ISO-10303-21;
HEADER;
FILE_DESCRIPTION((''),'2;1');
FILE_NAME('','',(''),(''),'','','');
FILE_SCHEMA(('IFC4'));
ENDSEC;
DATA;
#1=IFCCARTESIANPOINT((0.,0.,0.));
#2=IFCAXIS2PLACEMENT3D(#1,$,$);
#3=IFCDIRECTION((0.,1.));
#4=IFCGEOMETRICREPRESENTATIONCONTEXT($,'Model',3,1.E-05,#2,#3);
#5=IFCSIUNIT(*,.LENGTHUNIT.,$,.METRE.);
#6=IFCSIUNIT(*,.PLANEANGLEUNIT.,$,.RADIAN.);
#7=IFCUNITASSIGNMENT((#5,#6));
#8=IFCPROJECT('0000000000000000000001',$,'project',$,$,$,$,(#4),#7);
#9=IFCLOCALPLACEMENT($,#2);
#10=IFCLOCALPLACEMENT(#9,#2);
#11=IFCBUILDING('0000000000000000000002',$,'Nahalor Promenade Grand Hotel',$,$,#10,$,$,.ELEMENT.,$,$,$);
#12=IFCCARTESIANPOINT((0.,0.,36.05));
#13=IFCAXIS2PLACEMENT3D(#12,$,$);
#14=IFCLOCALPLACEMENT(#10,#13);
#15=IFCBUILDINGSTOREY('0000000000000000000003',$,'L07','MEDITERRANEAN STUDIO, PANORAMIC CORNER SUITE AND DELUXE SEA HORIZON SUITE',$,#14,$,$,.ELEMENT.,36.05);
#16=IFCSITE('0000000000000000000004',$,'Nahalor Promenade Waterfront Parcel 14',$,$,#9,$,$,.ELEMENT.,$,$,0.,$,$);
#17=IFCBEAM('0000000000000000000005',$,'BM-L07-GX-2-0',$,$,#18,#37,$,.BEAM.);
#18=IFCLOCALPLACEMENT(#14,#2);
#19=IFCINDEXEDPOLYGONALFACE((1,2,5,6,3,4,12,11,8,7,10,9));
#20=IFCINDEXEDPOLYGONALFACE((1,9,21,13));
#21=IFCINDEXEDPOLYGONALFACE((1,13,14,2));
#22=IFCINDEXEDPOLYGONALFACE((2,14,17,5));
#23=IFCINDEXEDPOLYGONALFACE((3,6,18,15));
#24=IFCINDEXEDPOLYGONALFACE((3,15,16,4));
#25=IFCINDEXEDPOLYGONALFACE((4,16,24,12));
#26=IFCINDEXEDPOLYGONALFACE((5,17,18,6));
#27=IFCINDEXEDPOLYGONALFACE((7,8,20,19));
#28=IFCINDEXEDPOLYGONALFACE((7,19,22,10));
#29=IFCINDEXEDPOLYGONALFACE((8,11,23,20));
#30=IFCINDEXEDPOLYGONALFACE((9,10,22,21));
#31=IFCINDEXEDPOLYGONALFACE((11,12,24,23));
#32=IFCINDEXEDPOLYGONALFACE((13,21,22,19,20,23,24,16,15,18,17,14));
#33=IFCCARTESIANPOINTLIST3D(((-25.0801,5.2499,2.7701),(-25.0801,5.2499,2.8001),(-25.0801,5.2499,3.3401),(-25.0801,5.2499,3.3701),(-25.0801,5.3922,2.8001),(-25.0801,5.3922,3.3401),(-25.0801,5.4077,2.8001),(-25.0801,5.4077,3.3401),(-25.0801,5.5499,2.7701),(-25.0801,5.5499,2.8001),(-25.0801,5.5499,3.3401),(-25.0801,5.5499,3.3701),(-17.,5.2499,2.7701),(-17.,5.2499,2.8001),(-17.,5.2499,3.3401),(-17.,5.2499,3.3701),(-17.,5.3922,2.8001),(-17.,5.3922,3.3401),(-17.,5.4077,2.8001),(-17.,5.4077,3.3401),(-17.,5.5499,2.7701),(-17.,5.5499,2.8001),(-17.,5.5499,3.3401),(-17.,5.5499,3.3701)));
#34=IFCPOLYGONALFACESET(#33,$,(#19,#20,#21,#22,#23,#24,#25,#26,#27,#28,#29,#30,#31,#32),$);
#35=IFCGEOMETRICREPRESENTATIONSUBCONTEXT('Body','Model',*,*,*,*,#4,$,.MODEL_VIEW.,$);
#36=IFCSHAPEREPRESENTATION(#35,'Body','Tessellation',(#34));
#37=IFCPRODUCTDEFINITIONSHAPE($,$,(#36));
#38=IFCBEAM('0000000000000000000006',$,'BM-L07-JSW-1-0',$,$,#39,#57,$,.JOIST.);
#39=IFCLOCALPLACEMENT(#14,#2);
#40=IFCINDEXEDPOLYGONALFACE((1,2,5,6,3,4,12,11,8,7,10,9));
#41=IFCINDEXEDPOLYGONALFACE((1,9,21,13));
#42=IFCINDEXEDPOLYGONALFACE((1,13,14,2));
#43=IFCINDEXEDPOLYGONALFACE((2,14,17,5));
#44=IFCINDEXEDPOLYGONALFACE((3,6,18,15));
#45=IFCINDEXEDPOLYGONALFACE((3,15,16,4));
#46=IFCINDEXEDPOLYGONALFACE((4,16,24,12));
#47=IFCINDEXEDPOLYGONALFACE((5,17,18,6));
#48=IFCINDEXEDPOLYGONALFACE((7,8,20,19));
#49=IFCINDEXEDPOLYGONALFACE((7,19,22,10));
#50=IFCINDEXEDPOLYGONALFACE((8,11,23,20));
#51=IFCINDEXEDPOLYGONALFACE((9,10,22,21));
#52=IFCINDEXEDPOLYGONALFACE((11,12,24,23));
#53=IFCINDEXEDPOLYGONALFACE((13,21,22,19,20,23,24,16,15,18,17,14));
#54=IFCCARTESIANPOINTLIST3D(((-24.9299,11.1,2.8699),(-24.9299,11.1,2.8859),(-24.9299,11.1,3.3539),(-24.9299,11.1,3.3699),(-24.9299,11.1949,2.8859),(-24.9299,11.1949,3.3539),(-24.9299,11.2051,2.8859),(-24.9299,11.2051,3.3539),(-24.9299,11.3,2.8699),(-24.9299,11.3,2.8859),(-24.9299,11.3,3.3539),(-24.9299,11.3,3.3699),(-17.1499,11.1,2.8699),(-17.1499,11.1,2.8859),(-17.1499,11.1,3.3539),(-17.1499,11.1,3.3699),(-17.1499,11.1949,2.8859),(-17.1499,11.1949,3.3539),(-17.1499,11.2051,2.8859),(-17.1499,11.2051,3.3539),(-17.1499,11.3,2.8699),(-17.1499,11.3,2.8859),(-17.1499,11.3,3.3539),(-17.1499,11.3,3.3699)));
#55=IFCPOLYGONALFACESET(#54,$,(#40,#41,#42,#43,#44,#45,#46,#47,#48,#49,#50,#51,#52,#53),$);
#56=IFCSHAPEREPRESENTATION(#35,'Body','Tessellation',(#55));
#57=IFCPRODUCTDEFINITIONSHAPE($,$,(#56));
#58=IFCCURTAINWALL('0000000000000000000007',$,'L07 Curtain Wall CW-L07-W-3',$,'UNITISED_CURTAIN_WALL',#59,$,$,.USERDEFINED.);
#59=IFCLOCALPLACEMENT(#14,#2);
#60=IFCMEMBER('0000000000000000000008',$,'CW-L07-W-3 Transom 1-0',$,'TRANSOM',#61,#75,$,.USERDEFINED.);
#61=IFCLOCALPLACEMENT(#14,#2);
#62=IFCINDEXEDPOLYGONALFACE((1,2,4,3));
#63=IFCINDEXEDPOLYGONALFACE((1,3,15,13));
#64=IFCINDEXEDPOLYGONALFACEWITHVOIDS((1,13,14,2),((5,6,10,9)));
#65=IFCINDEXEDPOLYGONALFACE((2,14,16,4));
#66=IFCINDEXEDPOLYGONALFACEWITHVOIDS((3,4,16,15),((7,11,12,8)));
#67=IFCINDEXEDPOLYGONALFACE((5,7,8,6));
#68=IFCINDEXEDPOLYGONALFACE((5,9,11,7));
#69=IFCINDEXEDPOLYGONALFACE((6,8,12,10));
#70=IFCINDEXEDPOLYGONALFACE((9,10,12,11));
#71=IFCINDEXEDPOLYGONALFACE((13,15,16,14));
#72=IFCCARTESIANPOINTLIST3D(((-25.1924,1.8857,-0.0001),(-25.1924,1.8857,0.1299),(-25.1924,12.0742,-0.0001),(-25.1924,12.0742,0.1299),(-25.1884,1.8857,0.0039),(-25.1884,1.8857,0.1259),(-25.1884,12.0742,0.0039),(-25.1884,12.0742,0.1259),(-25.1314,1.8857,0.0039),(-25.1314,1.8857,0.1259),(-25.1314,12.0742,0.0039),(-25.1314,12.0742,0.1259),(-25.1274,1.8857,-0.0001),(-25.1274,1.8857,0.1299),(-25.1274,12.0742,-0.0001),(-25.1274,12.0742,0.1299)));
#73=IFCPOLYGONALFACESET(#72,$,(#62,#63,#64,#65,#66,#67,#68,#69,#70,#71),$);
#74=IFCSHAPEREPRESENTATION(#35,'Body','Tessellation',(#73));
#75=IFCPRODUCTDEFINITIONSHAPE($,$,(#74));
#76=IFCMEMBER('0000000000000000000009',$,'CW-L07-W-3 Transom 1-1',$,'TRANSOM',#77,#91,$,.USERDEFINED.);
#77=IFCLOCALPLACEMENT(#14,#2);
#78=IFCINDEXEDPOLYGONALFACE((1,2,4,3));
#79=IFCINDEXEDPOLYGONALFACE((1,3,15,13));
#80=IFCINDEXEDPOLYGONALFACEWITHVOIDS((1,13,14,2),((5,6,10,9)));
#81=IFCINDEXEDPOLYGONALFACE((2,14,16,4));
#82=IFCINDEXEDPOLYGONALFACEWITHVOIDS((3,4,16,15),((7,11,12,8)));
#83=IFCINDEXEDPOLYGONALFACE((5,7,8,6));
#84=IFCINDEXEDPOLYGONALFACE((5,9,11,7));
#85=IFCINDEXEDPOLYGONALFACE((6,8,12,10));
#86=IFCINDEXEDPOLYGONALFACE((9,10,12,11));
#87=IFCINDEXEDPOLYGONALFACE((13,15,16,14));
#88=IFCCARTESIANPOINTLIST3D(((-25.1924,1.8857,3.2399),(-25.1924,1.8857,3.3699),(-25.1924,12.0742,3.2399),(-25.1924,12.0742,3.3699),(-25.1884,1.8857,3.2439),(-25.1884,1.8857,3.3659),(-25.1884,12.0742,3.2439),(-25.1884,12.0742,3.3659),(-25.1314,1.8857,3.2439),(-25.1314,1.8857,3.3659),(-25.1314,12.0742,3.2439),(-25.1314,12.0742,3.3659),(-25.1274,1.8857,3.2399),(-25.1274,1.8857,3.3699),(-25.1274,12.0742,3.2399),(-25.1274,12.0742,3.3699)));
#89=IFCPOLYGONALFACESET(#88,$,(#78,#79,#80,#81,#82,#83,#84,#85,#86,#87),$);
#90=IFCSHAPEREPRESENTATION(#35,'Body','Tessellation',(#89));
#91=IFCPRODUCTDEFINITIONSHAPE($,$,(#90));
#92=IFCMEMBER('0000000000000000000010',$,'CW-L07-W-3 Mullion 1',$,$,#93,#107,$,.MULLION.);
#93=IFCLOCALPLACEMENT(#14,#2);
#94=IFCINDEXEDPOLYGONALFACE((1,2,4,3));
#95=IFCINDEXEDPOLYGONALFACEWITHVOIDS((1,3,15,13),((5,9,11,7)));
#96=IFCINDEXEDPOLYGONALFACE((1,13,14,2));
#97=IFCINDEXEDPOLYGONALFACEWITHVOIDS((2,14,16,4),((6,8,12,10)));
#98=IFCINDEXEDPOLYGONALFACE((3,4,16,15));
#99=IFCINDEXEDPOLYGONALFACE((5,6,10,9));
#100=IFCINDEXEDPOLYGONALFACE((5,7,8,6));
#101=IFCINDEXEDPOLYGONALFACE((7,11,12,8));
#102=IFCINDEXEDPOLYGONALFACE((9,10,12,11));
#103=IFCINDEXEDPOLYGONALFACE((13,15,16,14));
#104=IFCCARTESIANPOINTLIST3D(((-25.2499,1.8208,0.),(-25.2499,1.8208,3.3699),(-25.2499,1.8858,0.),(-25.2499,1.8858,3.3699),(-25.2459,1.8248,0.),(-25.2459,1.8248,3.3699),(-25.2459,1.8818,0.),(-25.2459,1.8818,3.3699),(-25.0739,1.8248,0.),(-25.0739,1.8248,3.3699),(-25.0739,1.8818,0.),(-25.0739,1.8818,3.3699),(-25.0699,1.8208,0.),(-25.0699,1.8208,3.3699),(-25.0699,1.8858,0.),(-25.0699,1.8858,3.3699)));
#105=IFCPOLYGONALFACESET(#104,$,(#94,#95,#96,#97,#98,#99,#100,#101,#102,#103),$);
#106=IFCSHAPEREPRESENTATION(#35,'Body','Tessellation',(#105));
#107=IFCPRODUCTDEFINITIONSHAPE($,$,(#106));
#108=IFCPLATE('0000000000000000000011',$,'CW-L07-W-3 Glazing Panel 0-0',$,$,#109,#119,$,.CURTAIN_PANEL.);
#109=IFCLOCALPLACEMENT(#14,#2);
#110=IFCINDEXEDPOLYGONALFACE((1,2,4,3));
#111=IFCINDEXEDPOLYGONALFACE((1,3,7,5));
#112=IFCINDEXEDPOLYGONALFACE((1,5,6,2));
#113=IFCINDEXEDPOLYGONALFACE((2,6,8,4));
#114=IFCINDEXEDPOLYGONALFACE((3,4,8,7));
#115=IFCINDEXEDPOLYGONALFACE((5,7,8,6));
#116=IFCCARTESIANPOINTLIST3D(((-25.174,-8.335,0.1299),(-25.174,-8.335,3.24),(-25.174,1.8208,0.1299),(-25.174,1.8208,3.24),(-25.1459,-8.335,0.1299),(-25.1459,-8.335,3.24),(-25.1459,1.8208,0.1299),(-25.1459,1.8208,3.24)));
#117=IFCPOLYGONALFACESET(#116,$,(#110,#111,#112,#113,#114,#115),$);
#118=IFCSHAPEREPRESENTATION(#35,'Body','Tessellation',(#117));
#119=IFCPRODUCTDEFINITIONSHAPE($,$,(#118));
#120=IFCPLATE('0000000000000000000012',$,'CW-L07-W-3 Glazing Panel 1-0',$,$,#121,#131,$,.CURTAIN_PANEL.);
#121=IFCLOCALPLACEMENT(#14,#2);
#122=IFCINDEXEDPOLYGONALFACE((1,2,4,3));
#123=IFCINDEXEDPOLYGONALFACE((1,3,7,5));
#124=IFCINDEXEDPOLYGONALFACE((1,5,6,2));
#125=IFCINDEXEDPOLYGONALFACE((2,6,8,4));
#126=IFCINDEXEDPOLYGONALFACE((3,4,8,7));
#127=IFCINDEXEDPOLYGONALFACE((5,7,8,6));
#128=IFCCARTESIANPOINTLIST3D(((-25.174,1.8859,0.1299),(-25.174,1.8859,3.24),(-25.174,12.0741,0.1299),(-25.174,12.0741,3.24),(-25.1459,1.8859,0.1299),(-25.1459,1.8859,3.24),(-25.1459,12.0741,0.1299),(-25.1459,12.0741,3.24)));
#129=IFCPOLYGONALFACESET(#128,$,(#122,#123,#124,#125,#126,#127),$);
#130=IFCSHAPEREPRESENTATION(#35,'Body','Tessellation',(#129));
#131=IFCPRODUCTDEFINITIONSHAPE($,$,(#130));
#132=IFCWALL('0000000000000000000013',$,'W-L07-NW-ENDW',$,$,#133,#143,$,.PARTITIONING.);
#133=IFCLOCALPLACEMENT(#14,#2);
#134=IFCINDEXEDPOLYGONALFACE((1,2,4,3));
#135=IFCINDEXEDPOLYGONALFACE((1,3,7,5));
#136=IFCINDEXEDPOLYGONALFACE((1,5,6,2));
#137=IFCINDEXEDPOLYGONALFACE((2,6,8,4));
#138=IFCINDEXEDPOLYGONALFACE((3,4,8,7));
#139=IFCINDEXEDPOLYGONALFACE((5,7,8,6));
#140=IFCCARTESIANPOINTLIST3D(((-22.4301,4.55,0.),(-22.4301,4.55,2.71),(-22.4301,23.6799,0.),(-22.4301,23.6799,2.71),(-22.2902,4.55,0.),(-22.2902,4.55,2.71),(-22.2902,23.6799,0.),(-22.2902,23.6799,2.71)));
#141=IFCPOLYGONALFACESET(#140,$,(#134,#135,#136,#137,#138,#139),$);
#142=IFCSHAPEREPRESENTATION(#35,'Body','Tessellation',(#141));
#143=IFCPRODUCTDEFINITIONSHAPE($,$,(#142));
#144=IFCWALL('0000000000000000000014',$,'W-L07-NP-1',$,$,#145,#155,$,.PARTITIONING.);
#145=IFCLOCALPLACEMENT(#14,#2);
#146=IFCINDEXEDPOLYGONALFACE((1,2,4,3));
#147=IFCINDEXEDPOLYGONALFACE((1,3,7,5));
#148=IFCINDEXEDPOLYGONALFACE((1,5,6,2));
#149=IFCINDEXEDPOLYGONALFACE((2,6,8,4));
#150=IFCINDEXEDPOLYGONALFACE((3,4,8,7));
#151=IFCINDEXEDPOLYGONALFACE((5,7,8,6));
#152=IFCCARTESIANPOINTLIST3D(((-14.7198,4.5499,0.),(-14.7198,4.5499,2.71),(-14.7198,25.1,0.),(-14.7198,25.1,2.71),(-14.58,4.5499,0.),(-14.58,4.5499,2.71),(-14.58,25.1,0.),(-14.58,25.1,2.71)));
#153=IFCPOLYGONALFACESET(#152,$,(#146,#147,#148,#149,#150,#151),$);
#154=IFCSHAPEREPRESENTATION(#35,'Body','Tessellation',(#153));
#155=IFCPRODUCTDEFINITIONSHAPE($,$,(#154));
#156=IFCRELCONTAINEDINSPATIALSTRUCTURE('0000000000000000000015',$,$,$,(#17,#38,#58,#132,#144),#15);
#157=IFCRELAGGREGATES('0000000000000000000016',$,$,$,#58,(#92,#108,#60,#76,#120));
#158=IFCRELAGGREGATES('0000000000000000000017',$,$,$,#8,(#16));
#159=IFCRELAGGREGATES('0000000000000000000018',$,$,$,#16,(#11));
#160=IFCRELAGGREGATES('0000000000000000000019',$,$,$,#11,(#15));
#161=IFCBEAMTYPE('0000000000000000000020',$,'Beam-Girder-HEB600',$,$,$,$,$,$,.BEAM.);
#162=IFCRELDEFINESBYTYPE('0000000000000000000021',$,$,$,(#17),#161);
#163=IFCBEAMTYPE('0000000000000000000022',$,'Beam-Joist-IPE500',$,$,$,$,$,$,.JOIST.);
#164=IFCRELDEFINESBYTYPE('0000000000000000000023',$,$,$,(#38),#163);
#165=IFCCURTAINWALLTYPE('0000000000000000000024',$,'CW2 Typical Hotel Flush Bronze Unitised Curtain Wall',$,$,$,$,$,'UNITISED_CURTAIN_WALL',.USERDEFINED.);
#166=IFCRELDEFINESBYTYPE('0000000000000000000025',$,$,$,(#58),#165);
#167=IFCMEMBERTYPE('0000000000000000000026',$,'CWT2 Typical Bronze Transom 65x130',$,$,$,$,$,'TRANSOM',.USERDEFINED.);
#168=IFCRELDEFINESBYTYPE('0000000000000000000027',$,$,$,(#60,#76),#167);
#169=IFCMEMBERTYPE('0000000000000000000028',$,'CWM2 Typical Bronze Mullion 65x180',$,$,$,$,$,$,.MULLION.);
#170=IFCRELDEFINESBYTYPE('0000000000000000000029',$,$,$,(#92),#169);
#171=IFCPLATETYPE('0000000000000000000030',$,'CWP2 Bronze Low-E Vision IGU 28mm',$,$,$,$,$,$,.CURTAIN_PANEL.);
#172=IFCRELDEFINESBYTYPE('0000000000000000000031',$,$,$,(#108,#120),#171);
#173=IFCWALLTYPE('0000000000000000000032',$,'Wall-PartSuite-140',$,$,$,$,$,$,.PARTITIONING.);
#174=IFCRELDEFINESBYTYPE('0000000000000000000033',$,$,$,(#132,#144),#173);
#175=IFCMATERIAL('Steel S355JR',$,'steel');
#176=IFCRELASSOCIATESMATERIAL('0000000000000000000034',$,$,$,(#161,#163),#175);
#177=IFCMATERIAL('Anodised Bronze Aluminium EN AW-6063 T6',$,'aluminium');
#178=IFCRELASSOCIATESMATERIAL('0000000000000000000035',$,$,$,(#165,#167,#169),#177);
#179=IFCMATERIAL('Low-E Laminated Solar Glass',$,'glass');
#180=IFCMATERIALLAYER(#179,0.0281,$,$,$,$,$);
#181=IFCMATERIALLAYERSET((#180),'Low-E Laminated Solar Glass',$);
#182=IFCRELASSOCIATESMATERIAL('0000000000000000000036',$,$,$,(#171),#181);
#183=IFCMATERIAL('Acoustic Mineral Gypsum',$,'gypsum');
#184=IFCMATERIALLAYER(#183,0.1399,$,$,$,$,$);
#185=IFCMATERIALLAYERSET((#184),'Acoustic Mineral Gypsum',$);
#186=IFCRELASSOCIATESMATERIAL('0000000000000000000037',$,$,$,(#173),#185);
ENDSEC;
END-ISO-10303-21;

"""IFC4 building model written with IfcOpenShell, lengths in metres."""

from ifc_helpers import new_model, si_unit, direction, frame, frame_2d, origin, origin_2d, place, context, subcontext, project, spatial, rectangle, hollow_rectangle, i_section, extrude, source, transform, mapped, material, layer, layer_set, material_profile, profile_set, type_object, element, aggregate, save


model = new_model("IFC4")

# Units and contexts
model_context = context("Model", 3, precision=1e-05, world=origin(), true_north=direction((0.0, 1.0)))
body_context = subcontext(model_context, "Body", "Model", "MODEL_VIEW")
ifc_project = project(units=[si_unit("LENGTHUNIT", "METRE"), si_unit("PLANEANGLEUNIT", "RADIAN")], contexts=[model_context])

# Site, building, storey
site_placement = place(None, origin())
site = spatial("IfcSite", under=ifc_project, at=site_placement, Name="Nahalor Promenade Waterfront Parcel 14", CompositionType="ELEMENT", RefElevation=0.0)
building_placement = place(site_placement, origin())
building = spatial("IfcBuilding", under=site, at=building_placement, Name="Nahalor Promenade Grand Hotel", CompositionType="ELEMENT")
storey_placement = place(building_placement, frame((0.0, 0.0, 36.05)))
storey = spatial("IfcBuildingStorey", under=building, at=storey_placement, Name="L07", Description="MEDITERRANEAN STUDIO, PANORAMIC CORNER SUITE AND DELUXE SEA HORIZON SUITE", CompositionType="ELEMENT", Elevation=36.05)

# Beams
ifc_material_1 = material(Name="Steel S355JR", Category="steel")
ifc_material_profile_1 = material_profile(ifc_material_1, i_section(OverallWidth=0.3, OverallDepth=0.6, WebThickness=0.0155, FlangeThickness=0.03, at=origin_2d()), Name="HEB 600")
ifc_profile_set_1 = profile_set([ifc_material_profile_1], Name="Steel S355JR")
beam_type_1 = type_object("IfcBeamType", Name="Beam-Girder-HEB600", PredefinedType="BEAM", material=ifc_profile_set_1)
ifc_material_profile_2 = material_profile(ifc_material_1, i_section(OverallWidth=0.2, OverallDepth=0.5, WebThickness=0.0102, FlangeThickness=0.016, at=origin_2d()), Name="IPE 500")
ifc_profile_set_2 = profile_set([ifc_material_profile_2], Name="Steel S355JR")
beam_type_2 = type_object("IfcBeamType", Name="Beam-Joist-IPE500", PredefinedType="JOIST", material=ifc_profile_set_2)
shared_shape_1 = source(origin(), body_context, "Body", "SweptSolid", [
    extrude(i_section(OverallWidth=0.3, OverallDepth=0.6, WebThickness=0.0155, FlangeThickness=0.03, at=origin_2d()), origin(), (0.0, 0.0, 1.0), 8.0801),
])
beam_1_placement = place(storey_placement, frame((-25.0801, 5.3999, 3.0701), z_axis=(1.0, 0.0, 0.0), x_axis=(0.0, 1.0, 0.0)))
element("IfcBeam", 1, at=beam_1_placement, inside=storey, type_object=beam_type_1, Name="BM-L07-GX-2-0", PredefinedType="BEAM", context=body_context, shape_type="MappedRepresentation", body=[
    mapped(shared_shape_1, transform((0.0, 0.0, 0.0), scale=1.0)),
])
shared_shape_2 = source(origin(), body_context, "Body", "SweptSolid", [
    extrude(i_section(OverallWidth=0.2, OverallDepth=0.5, WebThickness=0.0102, FlangeThickness=0.016, at=origin_2d()), origin(), (0.0, 0.0, 1.0), 7.78),
])
beam_2_placement = place(storey_placement, frame((-24.9299, 11.2, 3.1199), z_axis=(1.0, 0.0, 0.0), x_axis=(0.0, 1.0, 0.0)))
element("IfcBeam", 2, at=beam_2_placement, inside=storey, type_object=beam_type_2, Name="BM-L07-JSW-1-0", PredefinedType="JOIST", context=body_context, shape_type="MappedRepresentation", body=[
    mapped(shared_shape_2, transform((0.0, 0.0, 0.0), scale=1.0)),
])

# Curtain wall, members, plates
ifc_material_2 = material(Name="Anodised Bronze Aluminium EN AW-6063 T6", Category="aluminium")
curtain_wall_type = type_object("IfcCurtainWallType", Name="CW2 Typical Hotel Flush Bronze Unitised Curtain Wall", ElementType="UNITISED_CURTAIN_WALL", PredefinedType="USERDEFINED", material=ifc_material_2)
curtain_wall_placement = place(storey_placement, origin())
curtain_wall = element("IfcCurtainWall", 3, at=curtain_wall_placement, inside=storey, type_object=curtain_wall_type, Name="L07 Curtain Wall CW-L07-W-3", ObjectType="UNITISED_CURTAIN_WALL", PredefinedType="USERDEFINED")
ifc_material_profile_3 = material_profile(ifc_material_2, hollow_rectangle(XDim=0.065, YDim=0.13, WallThickness=0.004, at=origin_2d()), Name="CWT 65x130x4")
ifc_profile_set_3 = profile_set([ifc_material_profile_3], Name="Anodised Bronze Aluminium EN AW-6063 T6")
member_type_1 = type_object("IfcMemberType", Name="CWT2 Typical Bronze Transom 65x130", ElementType="TRANSOM", PredefinedType="USERDEFINED", material=ifc_profile_set_3)
shared_shape_3 = source(origin(), body_context, "Body", "SweptSolid", [
    extrude(hollow_rectangle(XDim=0.065, YDim=0.13, WallThickness=0.004, at=origin_2d()), origin(), (0.0, 0.0, 1.0), 10.1885),
])
member_1_placement = place(storey_placement, frame((-25.1599, 1.8857, 0.0649), z_axis=(0.0, 1.0, 0.0), x_axis=(-1.0, 0.0, 0.0)))
member_1 = element("IfcMember", 4, at=member_1_placement, type_object=member_type_1, Name="CW-L07-W-3 Transom 1-0", ObjectType="TRANSOM", PredefinedType="USERDEFINED", context=body_context, shape_type="MappedRepresentation", body=[
    mapped(shared_shape_3, transform((0.0, 0.0, 0.0), scale=1.0)),
])
member_2_placement = place(storey_placement, frame((-25.1599, 1.8857, 3.3049), z_axis=(0.0, 1.0, 0.0), x_axis=(-1.0, 0.0, 0.0)))
member_2 = element("IfcMember", 5, at=member_2_placement, type_object=member_type_1, Name="CW-L07-W-3 Transom 1-1", ObjectType="TRANSOM", PredefinedType="USERDEFINED", context=body_context, shape_type="MappedRepresentation", body=[
    mapped(shared_shape_3, transform((0.0, 0.0, 0.0), scale=1.0)),
])
ifc_material_profile_4 = material_profile(ifc_material_2, hollow_rectangle(XDim=0.065, YDim=0.18, WallThickness=0.004, at=origin_2d()), Name="CWM 65x180x4")
ifc_profile_set_4 = profile_set([ifc_material_profile_4], Name="Anodised Bronze Aluminium EN AW-6063 T6")
member_type_2 = type_object("IfcMemberType", Name="CWM2 Typical Bronze Mullion 65x180", PredefinedType="MULLION", material=ifc_profile_set_4)
shared_shape_4 = source(origin(), body_context, "Body", "SweptSolid", [
    extrude(hollow_rectangle(XDim=0.065, YDim=0.18, WallThickness=0.004, at=origin_2d()), origin(), (0.0, 0.0, 1.0), 3.3699),
])
member_3_placement = place(storey_placement, frame((-25.1599, 1.8533, 0.0), z_axis=(0.0, 0.0, 1.0), x_axis=(0.0, 1.0, 0.0)))
member_3 = element("IfcMember", 6, at=member_3_placement, type_object=member_type_2, Name="CW-L07-W-3 Mullion 1", PredefinedType="MULLION", context=body_context, shape_type="MappedRepresentation", body=[
    mapped(shared_shape_4, transform((0.0, 0.0, 0.0), scale=1.0)),
])
ifc_material_3 = material(Name="Low-E Laminated Solar Glass", Category="glass")
ifc_layer_1 = layer(ifc_material_3, 0.0281)
ifc_layer_set_1 = layer_set([ifc_layer_1], Name="Low-E Laminated Solar Glass")
plate_type = type_object("IfcPlateType", Name="CWP2 Bronze Low-E Vision IGU 28mm", PredefinedType="CURTAIN_PANEL", material=ifc_layer_set_1)
shared_shape_5 = source(origin(), body_context, "Body", "SweptSolid", [
    extrude(rectangle(XDim=10.1558, YDim=0.0281, at=origin_2d()), origin(), (0.0, 0.0, 1.0), 3.1101),
])
plate_1_placement = place(storey_placement, frame((-25.1599, -3.2571, 0.1299), z_axis=(0.0, 0.0, 1.0), x_axis=(0.0, 1.0, 0.0)))
plate_1 = element("IfcPlate", 7, at=plate_1_placement, type_object=plate_type, Name="CW-L07-W-3 Glazing Panel 0-0", PredefinedType="CURTAIN_PANEL", context=body_context, shape_type="MappedRepresentation", body=[
    mapped(shared_shape_5, transform((0.0, 0.0, 0.0), scale=1.0)),
])
shared_shape_6 = source(origin(), body_context, "Body", "SweptSolid", [
    extrude(rectangle(XDim=10.1882, YDim=0.0281, at=origin_2d()), origin(), (0.0, 0.0, 1.0), 3.1101),
])
plate_2_placement = place(storey_placement, frame((-25.1599, 6.98, 0.1299), z_axis=(0.0, 0.0, 1.0), x_axis=(0.0, 1.0, 0.0)))
plate_2 = element("IfcPlate", 8, at=plate_2_placement, type_object=plate_type, Name="CW-L07-W-3 Glazing Panel 1-0", PredefinedType="CURTAIN_PANEL", context=body_context, shape_type="MappedRepresentation", body=[
    mapped(shared_shape_6, transform((0.0, 0.0, 0.0), scale=1.0)),
])
aggregate(curtain_wall, [member_3, plate_1, member_1, member_2, plate_2])

# Shared definitions
ifc_material_4 = material(Name="Acoustic Mineral Gypsum", Category="gypsum")

# Walls
ifc_layer_2 = layer(ifc_material_4, 0.1399)
ifc_layer_set_2 = layer_set([ifc_layer_2], Name="Acoustic Mineral Gypsum")
wall_type_1 = type_object("IfcWallType", Name="Wall-PartSuite-140", PredefinedType="PARTITIONING", material=ifc_layer_set_2)
shared_shape_7 = source(origin(), body_context, "Body", "SweptSolid", [
    extrude(rectangle(XDim=19.1299, YDim=0.1399, at=frame_2d((9.5649, 0.0))), origin(), (0.0, 0.0, 1.0), 2.71),
])
wall_1_placement = place(storey_placement, frame((-22.3601, 4.55, 0.0), z_axis=(0.0, 0.0, 1.0), x_axis=(0.0, 1.0, 0.0)))
element("IfcWall", 9, at=wall_1_placement, inside=storey, type_object=wall_type_1, Name="W-L07-NW-ENDW", PredefinedType="PARTITIONING", context=body_context, shape_type="MappedRepresentation", body=[
    mapped(shared_shape_7, transform((0.0, 0.0, 0.0), scale=1.0)),
])
shared_shape_8 = source(origin(), body_context, "Body", "SweptSolid", [
    extrude(rectangle(XDim=20.55, YDim=0.1399, at=frame_2d((10.2749, 0.0))), origin(), (0.0, 0.0, 1.0), 2.71),
])
wall_2_placement = place(storey_placement, frame((-14.6499, 4.55, 0.0), z_axis=(0.0, 0.0, 1.0), x_axis=(0.0, 1.0, 0.0)))
element("IfcWall", 10, at=wall_2_placement, inside=storey, type_object=wall_type_1, Name="W-L07-NP-1", PredefinedType="PARTITIONING", context=body_context, shape_type="MappedRepresentation", body=[
    mapped(shared_shape_8, transform((0.0, 0.0, 0.0), scale=1.0)),
])

save(model, "model.ifc")
